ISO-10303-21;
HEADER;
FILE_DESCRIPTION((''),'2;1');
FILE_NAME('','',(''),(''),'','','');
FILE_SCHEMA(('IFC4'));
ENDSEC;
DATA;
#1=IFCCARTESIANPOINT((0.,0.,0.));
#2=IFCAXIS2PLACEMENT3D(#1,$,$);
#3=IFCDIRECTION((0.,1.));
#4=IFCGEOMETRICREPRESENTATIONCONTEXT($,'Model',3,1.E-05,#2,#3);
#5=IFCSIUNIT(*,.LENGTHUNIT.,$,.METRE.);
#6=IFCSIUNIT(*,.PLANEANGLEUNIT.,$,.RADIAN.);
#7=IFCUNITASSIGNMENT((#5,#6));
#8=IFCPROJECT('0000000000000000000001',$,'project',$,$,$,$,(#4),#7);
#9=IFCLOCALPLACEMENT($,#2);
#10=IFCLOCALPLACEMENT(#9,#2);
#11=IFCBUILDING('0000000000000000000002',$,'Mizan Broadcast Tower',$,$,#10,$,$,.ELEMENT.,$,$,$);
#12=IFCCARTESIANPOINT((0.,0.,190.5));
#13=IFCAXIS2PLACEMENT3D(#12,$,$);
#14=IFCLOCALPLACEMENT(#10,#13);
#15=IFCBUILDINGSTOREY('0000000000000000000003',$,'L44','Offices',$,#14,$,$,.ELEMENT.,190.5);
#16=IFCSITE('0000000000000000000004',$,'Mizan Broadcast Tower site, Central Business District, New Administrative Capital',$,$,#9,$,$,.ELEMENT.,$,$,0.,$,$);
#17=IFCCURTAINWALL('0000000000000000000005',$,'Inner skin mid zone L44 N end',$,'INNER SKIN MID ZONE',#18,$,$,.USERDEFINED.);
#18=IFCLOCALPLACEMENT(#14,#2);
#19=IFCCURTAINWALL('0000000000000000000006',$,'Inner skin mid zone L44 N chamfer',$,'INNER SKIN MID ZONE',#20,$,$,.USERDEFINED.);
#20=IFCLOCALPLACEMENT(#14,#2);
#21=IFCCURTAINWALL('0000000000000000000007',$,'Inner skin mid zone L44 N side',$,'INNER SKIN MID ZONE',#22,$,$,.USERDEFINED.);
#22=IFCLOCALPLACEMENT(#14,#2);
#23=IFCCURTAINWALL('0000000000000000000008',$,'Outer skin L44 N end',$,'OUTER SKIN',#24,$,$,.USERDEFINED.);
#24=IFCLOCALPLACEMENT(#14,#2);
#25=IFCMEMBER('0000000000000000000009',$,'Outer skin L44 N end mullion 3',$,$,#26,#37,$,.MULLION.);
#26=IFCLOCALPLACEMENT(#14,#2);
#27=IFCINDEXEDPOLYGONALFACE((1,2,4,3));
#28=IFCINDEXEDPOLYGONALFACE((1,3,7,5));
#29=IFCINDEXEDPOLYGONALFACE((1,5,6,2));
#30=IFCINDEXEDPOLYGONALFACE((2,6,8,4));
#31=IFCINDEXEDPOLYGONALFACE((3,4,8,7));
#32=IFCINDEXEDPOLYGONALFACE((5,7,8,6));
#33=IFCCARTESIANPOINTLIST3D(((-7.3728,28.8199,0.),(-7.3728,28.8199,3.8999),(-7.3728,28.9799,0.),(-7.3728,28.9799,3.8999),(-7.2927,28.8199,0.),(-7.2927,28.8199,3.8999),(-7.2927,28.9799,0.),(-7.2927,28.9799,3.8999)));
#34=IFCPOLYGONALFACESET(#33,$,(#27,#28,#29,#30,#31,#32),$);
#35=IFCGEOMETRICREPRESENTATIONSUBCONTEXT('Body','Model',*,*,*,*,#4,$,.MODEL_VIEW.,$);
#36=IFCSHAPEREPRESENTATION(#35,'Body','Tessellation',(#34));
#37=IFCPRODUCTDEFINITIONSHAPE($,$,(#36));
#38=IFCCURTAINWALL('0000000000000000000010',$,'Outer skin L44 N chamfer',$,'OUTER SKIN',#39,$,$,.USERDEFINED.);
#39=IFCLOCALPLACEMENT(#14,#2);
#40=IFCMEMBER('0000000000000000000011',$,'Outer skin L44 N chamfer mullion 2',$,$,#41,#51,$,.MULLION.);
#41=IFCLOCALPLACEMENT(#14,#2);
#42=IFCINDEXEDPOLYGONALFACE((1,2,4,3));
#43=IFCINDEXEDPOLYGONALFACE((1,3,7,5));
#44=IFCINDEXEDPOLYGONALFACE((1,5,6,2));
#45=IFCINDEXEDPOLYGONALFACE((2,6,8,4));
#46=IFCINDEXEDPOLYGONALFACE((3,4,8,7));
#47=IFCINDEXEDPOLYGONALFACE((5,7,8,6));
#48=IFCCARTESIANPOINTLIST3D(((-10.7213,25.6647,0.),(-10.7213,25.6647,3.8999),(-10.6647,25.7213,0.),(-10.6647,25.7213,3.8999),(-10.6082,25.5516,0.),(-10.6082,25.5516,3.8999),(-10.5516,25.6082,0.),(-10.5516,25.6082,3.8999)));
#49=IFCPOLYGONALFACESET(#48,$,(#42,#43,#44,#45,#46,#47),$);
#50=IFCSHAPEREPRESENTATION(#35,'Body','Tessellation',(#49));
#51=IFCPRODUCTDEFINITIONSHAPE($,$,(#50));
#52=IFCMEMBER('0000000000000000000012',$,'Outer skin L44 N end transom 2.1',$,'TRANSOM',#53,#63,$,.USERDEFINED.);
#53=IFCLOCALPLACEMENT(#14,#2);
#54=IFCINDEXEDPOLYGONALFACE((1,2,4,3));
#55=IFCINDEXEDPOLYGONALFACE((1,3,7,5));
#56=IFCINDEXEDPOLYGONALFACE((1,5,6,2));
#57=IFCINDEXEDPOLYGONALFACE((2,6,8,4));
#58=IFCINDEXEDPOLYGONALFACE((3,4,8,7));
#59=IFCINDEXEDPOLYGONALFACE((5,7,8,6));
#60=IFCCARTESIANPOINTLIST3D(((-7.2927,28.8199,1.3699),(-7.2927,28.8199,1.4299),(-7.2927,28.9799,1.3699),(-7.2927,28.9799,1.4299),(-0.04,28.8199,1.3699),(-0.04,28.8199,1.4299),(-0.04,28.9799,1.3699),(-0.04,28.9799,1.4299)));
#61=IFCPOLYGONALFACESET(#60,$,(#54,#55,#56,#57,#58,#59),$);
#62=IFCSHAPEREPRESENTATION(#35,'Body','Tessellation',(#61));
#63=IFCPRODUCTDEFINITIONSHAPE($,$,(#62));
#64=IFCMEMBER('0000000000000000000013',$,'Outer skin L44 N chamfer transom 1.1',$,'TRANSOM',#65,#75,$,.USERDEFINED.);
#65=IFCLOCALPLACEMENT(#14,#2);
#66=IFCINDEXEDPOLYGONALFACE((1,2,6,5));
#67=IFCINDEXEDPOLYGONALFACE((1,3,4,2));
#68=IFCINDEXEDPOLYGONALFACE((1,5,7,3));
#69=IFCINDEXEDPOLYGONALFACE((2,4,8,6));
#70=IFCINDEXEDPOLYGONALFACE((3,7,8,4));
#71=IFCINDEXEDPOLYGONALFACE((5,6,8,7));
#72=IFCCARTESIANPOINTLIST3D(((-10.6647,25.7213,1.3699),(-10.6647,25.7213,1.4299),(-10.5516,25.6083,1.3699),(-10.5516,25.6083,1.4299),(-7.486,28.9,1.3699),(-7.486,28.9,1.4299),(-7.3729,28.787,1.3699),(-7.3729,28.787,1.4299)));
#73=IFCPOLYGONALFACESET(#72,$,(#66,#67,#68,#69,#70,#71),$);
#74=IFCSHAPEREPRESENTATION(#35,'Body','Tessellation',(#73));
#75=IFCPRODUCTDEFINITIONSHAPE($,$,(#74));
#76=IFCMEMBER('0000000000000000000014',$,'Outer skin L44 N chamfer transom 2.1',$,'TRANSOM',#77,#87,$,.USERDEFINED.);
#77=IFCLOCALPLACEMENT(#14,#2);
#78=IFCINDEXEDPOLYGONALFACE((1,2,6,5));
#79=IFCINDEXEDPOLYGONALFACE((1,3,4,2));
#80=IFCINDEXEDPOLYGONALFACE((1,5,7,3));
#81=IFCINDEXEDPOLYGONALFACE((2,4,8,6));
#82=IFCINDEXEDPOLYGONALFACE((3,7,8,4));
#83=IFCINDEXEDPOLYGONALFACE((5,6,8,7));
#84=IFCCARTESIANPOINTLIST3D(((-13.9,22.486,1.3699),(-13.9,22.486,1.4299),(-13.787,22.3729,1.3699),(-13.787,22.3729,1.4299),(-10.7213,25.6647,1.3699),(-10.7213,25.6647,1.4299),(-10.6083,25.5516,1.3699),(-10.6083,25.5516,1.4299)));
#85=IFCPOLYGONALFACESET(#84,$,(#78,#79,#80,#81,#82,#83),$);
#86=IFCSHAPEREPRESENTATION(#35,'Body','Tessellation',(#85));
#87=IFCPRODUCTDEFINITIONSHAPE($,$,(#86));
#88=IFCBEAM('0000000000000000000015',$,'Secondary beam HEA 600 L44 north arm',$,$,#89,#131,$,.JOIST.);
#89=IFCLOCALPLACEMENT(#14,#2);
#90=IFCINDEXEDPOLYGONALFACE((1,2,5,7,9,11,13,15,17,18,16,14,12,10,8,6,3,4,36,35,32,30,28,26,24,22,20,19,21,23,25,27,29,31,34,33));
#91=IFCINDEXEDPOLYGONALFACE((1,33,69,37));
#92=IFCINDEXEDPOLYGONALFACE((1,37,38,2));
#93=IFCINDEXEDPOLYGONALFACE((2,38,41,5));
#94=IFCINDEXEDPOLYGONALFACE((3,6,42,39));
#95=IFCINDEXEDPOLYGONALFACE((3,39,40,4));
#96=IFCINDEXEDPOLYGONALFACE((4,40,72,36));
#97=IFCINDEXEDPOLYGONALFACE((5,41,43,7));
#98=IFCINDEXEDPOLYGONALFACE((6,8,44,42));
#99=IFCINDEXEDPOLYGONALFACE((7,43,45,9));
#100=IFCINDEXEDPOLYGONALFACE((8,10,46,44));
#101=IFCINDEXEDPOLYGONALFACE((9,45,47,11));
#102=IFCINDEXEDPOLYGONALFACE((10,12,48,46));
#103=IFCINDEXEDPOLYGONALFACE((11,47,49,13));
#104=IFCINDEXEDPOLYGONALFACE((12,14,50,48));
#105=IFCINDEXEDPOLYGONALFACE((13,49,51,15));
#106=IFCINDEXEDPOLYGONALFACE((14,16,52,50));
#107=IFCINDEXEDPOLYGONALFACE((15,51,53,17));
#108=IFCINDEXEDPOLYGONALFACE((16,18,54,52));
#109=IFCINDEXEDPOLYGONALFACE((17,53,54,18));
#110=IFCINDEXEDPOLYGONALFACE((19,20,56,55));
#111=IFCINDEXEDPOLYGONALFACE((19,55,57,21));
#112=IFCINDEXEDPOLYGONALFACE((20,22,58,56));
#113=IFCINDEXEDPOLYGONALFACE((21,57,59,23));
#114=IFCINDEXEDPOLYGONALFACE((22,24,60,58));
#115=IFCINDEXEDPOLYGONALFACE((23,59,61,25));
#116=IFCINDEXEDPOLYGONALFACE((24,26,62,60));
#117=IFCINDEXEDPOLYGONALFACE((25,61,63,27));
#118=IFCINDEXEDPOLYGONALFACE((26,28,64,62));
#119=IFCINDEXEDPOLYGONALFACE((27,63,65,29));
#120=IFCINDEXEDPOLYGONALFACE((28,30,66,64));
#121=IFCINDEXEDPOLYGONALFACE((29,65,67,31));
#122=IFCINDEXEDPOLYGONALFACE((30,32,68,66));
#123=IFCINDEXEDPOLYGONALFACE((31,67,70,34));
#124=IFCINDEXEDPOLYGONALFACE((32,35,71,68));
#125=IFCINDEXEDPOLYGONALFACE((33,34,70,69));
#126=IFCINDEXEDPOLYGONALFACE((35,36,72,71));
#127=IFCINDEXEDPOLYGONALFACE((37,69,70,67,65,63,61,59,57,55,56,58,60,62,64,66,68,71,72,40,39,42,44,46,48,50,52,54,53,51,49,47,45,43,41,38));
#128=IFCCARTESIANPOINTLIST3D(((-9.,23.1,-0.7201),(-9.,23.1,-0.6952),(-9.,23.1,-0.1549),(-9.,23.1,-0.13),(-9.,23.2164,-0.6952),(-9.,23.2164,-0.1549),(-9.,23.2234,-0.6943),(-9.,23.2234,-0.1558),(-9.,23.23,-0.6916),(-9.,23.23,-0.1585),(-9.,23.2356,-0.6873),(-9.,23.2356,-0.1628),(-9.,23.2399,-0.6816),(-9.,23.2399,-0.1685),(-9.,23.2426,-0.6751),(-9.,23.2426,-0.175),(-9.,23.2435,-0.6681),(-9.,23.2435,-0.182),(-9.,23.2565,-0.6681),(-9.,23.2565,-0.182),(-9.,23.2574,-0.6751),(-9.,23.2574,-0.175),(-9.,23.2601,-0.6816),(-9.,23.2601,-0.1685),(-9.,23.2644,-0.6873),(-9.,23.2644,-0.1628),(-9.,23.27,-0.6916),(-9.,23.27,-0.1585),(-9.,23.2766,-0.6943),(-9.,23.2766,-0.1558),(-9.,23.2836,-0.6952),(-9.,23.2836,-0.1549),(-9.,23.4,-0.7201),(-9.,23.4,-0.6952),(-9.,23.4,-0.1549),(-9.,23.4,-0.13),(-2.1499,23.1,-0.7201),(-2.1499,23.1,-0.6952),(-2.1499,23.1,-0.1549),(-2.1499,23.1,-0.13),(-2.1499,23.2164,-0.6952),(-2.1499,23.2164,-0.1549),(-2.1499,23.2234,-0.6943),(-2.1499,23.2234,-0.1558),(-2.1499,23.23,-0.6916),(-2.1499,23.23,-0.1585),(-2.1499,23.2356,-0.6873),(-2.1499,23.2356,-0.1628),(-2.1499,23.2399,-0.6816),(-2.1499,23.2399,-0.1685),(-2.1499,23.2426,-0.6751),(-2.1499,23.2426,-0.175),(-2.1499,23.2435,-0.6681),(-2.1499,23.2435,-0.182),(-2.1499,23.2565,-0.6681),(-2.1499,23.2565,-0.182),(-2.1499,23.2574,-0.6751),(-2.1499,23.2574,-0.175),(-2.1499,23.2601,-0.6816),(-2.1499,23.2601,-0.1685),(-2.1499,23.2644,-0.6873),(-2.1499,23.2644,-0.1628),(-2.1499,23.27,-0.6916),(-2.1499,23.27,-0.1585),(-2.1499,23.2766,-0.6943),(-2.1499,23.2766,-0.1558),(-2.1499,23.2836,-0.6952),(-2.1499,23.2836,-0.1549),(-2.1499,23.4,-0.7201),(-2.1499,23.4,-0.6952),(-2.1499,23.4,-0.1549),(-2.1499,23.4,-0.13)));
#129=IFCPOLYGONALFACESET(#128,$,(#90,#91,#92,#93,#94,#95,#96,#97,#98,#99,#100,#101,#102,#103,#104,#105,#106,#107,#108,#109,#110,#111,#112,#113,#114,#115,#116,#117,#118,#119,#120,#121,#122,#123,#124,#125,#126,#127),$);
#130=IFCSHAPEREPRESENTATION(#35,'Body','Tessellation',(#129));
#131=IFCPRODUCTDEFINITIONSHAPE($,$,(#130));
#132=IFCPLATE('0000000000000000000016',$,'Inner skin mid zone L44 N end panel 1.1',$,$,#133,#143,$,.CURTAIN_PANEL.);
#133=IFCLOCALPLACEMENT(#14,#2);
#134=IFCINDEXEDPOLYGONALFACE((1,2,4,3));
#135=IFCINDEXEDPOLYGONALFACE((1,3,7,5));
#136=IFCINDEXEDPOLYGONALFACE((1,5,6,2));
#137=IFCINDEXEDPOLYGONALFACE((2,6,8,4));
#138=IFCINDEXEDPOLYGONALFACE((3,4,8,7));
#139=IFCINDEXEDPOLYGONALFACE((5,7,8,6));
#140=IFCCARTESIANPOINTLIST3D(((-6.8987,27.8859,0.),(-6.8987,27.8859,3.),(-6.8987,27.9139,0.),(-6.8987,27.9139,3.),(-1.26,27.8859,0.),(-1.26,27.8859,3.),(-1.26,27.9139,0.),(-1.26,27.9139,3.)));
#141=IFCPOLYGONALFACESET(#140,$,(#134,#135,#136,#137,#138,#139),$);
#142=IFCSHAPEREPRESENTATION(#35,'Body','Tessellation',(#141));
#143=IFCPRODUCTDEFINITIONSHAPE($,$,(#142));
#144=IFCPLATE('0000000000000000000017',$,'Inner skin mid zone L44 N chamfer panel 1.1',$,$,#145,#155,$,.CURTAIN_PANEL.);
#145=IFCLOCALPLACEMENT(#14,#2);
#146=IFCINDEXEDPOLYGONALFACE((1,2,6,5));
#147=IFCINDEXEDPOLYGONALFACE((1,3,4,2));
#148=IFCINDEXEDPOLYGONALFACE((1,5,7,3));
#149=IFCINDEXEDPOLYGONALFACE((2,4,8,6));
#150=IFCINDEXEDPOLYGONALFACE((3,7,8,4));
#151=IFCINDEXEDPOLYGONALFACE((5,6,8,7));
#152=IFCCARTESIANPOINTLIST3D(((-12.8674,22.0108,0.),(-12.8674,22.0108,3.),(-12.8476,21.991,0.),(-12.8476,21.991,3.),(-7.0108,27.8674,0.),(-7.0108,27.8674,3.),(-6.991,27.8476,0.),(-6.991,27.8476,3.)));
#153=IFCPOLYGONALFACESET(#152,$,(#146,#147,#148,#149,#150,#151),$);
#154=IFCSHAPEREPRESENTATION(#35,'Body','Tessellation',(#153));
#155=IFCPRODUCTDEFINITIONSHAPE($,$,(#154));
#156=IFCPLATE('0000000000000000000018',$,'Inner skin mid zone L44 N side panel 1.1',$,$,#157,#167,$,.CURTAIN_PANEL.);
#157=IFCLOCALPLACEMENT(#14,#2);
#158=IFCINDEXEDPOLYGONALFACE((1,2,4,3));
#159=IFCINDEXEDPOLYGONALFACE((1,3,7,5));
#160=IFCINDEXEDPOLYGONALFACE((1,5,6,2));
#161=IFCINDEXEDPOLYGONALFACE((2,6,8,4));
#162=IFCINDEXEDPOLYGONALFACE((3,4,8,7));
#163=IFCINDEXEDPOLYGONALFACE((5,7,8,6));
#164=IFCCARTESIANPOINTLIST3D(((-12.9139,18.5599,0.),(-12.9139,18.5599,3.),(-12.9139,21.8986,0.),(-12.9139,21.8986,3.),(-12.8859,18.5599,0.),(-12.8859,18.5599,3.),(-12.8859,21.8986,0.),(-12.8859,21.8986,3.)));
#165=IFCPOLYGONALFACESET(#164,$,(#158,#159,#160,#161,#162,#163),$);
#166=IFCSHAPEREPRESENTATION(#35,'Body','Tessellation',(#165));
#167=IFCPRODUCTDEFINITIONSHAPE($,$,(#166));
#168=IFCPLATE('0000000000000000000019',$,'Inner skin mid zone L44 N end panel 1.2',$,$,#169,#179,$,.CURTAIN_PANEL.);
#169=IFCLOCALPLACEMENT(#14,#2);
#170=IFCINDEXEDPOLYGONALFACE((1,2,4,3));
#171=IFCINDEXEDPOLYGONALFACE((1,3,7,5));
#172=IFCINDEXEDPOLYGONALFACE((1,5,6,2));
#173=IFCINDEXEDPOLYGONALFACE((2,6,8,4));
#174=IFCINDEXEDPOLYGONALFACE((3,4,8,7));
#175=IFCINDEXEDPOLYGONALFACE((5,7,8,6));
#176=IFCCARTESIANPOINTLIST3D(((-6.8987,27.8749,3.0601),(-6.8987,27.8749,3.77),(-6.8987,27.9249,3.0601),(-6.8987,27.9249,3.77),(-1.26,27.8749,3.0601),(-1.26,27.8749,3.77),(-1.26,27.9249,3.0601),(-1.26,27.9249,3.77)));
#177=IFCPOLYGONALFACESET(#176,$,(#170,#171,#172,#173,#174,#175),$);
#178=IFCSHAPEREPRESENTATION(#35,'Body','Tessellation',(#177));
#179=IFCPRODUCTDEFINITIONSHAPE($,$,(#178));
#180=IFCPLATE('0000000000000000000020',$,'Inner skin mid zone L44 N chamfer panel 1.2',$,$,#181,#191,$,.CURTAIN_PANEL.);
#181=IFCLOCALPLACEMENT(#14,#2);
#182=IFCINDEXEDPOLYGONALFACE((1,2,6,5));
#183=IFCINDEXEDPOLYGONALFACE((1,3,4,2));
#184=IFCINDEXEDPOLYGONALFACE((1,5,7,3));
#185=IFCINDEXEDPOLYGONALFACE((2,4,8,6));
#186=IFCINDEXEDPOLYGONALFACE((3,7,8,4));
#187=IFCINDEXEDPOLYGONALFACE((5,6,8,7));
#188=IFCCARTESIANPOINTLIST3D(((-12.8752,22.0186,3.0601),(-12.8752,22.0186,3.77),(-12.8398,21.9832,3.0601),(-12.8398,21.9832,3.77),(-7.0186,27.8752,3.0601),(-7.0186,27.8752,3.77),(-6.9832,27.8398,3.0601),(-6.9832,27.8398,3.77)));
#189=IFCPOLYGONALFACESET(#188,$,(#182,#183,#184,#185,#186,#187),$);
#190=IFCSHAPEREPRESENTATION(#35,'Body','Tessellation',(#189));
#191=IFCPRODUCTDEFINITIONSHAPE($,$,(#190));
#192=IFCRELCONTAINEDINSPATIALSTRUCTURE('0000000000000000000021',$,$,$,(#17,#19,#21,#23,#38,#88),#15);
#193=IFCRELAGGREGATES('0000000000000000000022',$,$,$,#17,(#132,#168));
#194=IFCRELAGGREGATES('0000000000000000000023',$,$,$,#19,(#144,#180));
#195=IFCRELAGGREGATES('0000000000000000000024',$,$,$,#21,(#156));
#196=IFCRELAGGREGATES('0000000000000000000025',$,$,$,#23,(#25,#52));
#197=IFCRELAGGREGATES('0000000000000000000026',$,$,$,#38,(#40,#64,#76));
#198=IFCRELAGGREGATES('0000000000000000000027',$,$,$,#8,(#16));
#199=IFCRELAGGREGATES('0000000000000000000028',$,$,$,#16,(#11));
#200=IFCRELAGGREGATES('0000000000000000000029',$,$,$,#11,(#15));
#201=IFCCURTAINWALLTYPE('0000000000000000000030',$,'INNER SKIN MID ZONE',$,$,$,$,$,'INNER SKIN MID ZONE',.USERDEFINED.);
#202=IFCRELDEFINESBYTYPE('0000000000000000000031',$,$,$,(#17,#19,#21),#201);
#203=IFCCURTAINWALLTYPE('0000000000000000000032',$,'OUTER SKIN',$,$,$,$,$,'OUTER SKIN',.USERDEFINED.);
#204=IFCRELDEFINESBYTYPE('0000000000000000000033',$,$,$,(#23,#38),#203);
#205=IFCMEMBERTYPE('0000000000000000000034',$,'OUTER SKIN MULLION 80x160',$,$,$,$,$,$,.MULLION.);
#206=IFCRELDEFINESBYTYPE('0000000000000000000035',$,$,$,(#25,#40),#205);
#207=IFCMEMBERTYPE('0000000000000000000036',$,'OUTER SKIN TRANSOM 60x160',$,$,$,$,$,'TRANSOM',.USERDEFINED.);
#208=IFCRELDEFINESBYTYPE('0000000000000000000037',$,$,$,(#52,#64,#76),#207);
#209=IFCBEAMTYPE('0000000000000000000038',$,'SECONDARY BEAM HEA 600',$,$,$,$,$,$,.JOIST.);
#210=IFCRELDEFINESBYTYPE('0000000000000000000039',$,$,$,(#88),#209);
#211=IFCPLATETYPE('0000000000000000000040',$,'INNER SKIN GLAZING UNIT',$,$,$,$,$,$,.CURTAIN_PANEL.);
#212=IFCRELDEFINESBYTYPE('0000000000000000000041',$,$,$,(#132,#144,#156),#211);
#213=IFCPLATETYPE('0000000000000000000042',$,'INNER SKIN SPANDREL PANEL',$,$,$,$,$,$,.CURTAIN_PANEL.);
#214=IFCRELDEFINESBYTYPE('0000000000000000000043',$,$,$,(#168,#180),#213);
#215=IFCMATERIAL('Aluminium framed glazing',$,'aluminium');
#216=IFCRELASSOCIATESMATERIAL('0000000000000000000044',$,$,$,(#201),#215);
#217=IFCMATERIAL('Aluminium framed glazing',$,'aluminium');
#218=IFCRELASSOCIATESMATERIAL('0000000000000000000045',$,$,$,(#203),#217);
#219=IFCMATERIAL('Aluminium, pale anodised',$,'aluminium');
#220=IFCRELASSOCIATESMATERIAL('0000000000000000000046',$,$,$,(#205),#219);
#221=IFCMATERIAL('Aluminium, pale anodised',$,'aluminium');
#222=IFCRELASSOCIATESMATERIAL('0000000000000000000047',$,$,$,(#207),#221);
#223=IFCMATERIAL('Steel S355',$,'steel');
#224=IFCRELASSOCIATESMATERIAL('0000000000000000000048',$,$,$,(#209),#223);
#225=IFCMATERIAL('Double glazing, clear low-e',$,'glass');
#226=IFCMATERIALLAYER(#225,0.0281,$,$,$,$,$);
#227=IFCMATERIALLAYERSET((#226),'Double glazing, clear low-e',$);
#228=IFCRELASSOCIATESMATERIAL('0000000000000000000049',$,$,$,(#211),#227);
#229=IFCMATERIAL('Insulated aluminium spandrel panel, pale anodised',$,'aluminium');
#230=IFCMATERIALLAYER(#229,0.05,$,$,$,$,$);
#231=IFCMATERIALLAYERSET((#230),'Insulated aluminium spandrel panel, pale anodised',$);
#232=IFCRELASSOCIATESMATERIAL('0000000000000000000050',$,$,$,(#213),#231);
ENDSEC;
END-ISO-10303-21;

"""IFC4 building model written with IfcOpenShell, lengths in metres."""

from ifc_helpers import new_model, si_unit, direction, frame, origin, origin_2d, place, context, subcontext, project, spatial, rectangle, i_section, extrude, material, layer, layer_set, material_profile, profile_set, type_object, element, aggregate, save


model = new_model("IFC4")

# Units and contexts
model_context = context("Model", 3, precision=1e-05, world=origin(), true_north=direction((0.0, 1.0)))
body_context = subcontext(model_context, "Body", "Model", "MODEL_VIEW")
ifc_project = project(units=[si_unit("LENGTHUNIT", "METRE"), si_unit("PLANEANGLEUNIT", "RADIAN")], contexts=[model_context])

# Site, building, storey
site_placement = place(None, origin())
site = spatial("IfcSite", under=ifc_project, at=site_placement, Name="Mizan Broadcast Tower site, Central Business District, New Administrative Capital", CompositionType="ELEMENT", RefElevation=0.0)
building_placement = place(site_placement, origin())
building = spatial("IfcBuilding", under=site, at=building_placement, Name="Mizan Broadcast Tower", CompositionType="ELEMENT")
storey_placement = place(building_placement, frame((0.0, 0.0, 190.5)))
storey = spatial("IfcBuildingStorey", under=building, at=storey_placement, Name="L44", Description="Offices", CompositionType="ELEMENT", Elevation=190.5)

# Curtain wall
ifc_material_1 = material(Name="Aluminium framed glazing", Category="aluminium")
curtain_wall_type_1 = type_object("IfcCurtainWallType", Name="INNER SKIN MID ZONE", ElementType="INNER SKIN MID ZONE", PredefinedType="USERDEFINED", material=ifc_material_1)
curtain_wall_1_placement = place(storey_placement, origin())
curtain_wall_1 = element("IfcCurtainWall", 1, at=curtain_wall_1_placement, inside=storey, type_object=curtain_wall_type_1, Name="Inner skin mid zone L44 N end", ObjectType="INNER SKIN MID ZONE", PredefinedType="USERDEFINED")

# Curtain wall
curtain_wall_2_placement = place(storey_placement, origin())
curtain_wall_2 = element("IfcCurtainWall", 2, at=curtain_wall_2_placement, inside=storey, type_object=curtain_wall_type_1, Name="Inner skin mid zone L44 N chamfer", ObjectType="INNER SKIN MID ZONE", PredefinedType="USERDEFINED")

# Curtain walls, members
curtain_wall_3_placement = place(storey_placement, origin())
curtain_wall_3 = element("IfcCurtainWall", 3, at=curtain_wall_3_placement, inside=storey, type_object=curtain_wall_type_1, Name="Inner skin mid zone L44 N side", ObjectType="INNER SKIN MID ZONE", PredefinedType="USERDEFINED")
ifc_material_2 = material(Name="Aluminium framed glazing", Category="aluminium")
curtain_wall_type_2 = type_object("IfcCurtainWallType", Name="OUTER SKIN", ElementType="OUTER SKIN", PredefinedType="USERDEFINED", material=ifc_material_2)
curtain_wall_4_placement = place(storey_placement, origin())
curtain_wall_4 = element("IfcCurtainWall", 4, at=curtain_wall_4_placement, inside=storey, type_object=curtain_wall_type_2, Name="Outer skin L44 N end", ObjectType="OUTER SKIN", PredefinedType="USERDEFINED")
ifc_material_3 = material(Name="Aluminium, pale anodised", Category="aluminium")
ifc_material_profile_1 = material_profile(ifc_material_3, rectangle(XDim=0.1599, YDim=0.0801, at=origin_2d()), Name="MULLION 160x80")
ifc_profile_set_1 = profile_set([ifc_material_profile_1], Name="Aluminium, pale anodised")
member_type_1 = type_object("IfcMemberType", Name="OUTER SKIN MULLION 80x160", PredefinedType="MULLION", material=ifc_profile_set_1)
member_1_placement = place(storey_placement, frame((-7.3328, 28.8999, 0.0), z_axis=(0.0, 0.0, 1.0), x_axis=(0.0, -1.0, 0.0)))
member_1 = element("IfcMember", 5, at=member_1_placement, type_object=member_type_1, Name="Outer skin L44 N end mullion 3", PredefinedType="MULLION", context=body_context, shape_type="SweptSolid", body=[
    extrude(rectangle(XDim=0.1599, YDim=0.0801, at=origin_2d()), origin(), (0.0, 0.0, 1.0), 3.8999),
])
curtain_wall_5_placement = place(storey_placement, origin())
curtain_wall_5 = element("IfcCurtainWall", 6, at=curtain_wall_5_placement, inside=storey, type_object=curtain_wall_type_2, Name="Outer skin L44 N chamfer", ObjectType="OUTER SKIN", PredefinedType="USERDEFINED")
member_2_placement = place(storey_placement, frame((-10.6365, 25.6365, 0.0), z_axis=(0.0, 0.0, 1.0), x_axis=(0.707107, -0.707107, 0.0)))
member_2 = element("IfcMember", 7, at=member_2_placement, type_object=member_type_1, Name="Outer skin L44 N chamfer mullion 2", PredefinedType="MULLION", context=body_context, shape_type="SweptSolid", body=[
    extrude(rectangle(XDim=0.1599, YDim=0.0801, at=origin_2d()), origin(), (0.0, 0.0, 1.0), 3.8999),
])

# Members
ifc_material_4 = material(Name="Aluminium, pale anodised", Category="aluminium")
ifc_material_profile_2 = material_profile(ifc_material_4, rectangle(XDim=0.1599, YDim=0.0601, at=origin_2d()), Name="TRANSOM 160x60")
ifc_profile_set_2 = profile_set([ifc_material_profile_2], Name="Aluminium, pale anodised")
member_type_2 = type_object("IfcMemberType", Name="OUTER SKIN TRANSOM 60x160", ElementType="TRANSOM", PredefinedType="USERDEFINED", material=ifc_profile_set_2)
member_3_placement = place(storey_placement, frame((-0.04, 28.8999, 1.3999), z_axis=(-1.0, 0.0, 0.0), x_axis=(0.0, -1.0, 0.0)))
member_3 = element("IfcMember", 8, at=member_3_placement, type_object=member_type_2, Name="Outer skin L44 N end transom 2.1", ObjectType="TRANSOM", PredefinedType="USERDEFINED", context=body_context, shape_type="SweptSolid", body=[
    extrude(rectangle(XDim=0.1599, YDim=0.0601, at=origin_2d()), origin(), (0.0, 0.0, 1.0), 7.2527),
])
member_4_placement = place(storey_placement, frame((-7.4294, 28.8435, 1.3999), z_axis=(-0.707107, -0.707107, 0.0), x_axis=(0.707107, -0.707107, 0.0)))
member_4 = element("IfcMember", 9, at=member_4_placement, type_object=member_type_2, Name="Outer skin L44 N chamfer transom 1.1", ObjectType="TRANSOM", PredefinedType="USERDEFINED", context=body_context, shape_type="SweptSolid", body=[
    extrude(rectangle(XDim=0.1599, YDim=0.0601, at=origin_2d()), origin(), (0.0, 0.0, 1.0), 4.4954),
])
member_5_placement = place(storey_placement, frame((-10.6648, 25.6082, 1.3999), z_axis=(-0.707107, -0.707107, 0.0), x_axis=(0.707107, -0.707107, 0.0)))
member_5 = element("IfcMember", 10, at=member_5_placement, type_object=member_type_2, Name="Outer skin L44 N chamfer transom 2.1", ObjectType="TRANSOM", PredefinedType="USERDEFINED", context=body_context, shape_type="SweptSolid", body=[
    extrude(rectangle(XDim=0.1599, YDim=0.0601, at=origin_2d()), origin(), (0.0, 0.0, 1.0), 4.4954),
])

# Beam
ifc_material_5 = material(Name="Steel S355", Category="steel")
ifc_material_profile_3 = material_profile(ifc_material_5, i_section(OverallWidth=0.3, OverallDepth=0.5901, WebThickness=0.0129, FlangeThickness=0.0249, FilletRadius=0.0271, at=origin_2d()), Name="HEA 600")
ifc_profile_set_3 = profile_set([ifc_material_profile_3], Name="Steel S355")
beam_type_1 = type_object("IfcBeamType", Name="SECONDARY BEAM HEA 600", PredefinedType="JOIST", material=ifc_profile_set_3)
beam_1_placement = place(storey_placement, frame((-9.0, 23.25, -0.425), z_axis=(1.0, 0.0, 0.0), x_axis=(0.0, 1.0, 0.0)))
element("IfcBeam", 11, at=beam_1_placement, inside=storey, type_object=beam_type_1, Name="Secondary beam HEA 600 L44 north arm", PredefinedType="JOIST", context=body_context, shape_type="SweptSolid", body=[
    extrude(i_section(OverallWidth=0.3, OverallDepth=0.5901, WebThickness=0.0129, FlangeThickness=0.0249, FilletRadius=0.0271, at=origin_2d()), origin(), (0.0, 0.0, 1.0), 6.8501),
])

# Plates
ifc_material_6 = material(Name="Double glazing, clear low-e", Category="glass")
ifc_layer_1 = layer(ifc_material_6, 0.0281)
ifc_layer_set_1 = layer_set([ifc_layer_1], Name="Double glazing, clear low-e")
plate_type_1 = type_object("IfcPlateType", Name="INNER SKIN GLAZING UNIT", PredefinedType="CURTAIN_PANEL", material=ifc_layer_set_1)
plate_1_placement = place(storey_placement, frame((-4.0793, 27.8999, 0.0), z_axis=(0.0, 0.0, 1.0), x_axis=(-1.0, 0.0, 0.0)))
plate_1 = element("IfcPlate", 12, at=plate_1_placement, type_object=plate_type_1, Name="Inner skin mid zone L44 N end panel 1.1", PredefinedType="CURTAIN_PANEL", context=body_context, shape_type="SweptSolid", body=[
    extrude(rectangle(XDim=5.6387, YDim=0.0281, at=origin_2d()), origin(), (0.0, 0.0, 1.0), 3.0),
])
plate_2_placement = place(storey_placement, frame((-9.9292, 24.9292, 0.0), z_axis=(0.0, 0.0, 1.0), x_axis=(-0.707107, -0.707107, 0.0)))
plate_2 = element("IfcPlate", 13, at=plate_2_placement, type_object=plate_type_1, Name="Inner skin mid zone L44 N chamfer panel 1.1", PredefinedType="CURTAIN_PANEL", context=body_context, shape_type="SweptSolid", body=[
    extrude(rectangle(XDim=8.2825, YDim=0.0281, at=origin_2d()), origin(), (0.0, 0.0, 1.0), 3.0),
])
plate_3_placement = place(storey_placement, frame((-12.8999, 20.2292, 0.0), z_axis=(0.0, 0.0, 1.0), x_axis=(0.0, -1.0, 0.0)))
plate_3 = element("IfcPlate", 14, at=plate_3_placement, type_object=plate_type_1, Name="Inner skin mid zone L44 N side panel 1.1", PredefinedType="CURTAIN_PANEL", context=body_context, shape_type="SweptSolid", body=[
    extrude(rectangle(XDim=3.3386, YDim=0.0281, at=origin_2d()), origin(), (0.0, 0.0, 1.0), 3.0),
])
ifc_material_7 = material(Name="Insulated aluminium spandrel panel, pale anodised", Category="aluminium")
ifc_layer_2 = layer(ifc_material_7, 0.05)
ifc_layer_set_2 = layer_set([ifc_layer_2], Name="Insulated aluminium spandrel panel, pale anodised")
plate_type_2 = type_object("IfcPlateType", Name="INNER SKIN SPANDREL PANEL", PredefinedType="CURTAIN_PANEL", material=ifc_layer_set_2)
plate_4_placement = place(storey_placement, frame((-4.0793, 27.8999, 3.0601), z_axis=(0.0, 0.0, 1.0), x_axis=(-1.0, 0.0, 0.0)))
plate_4 = element("IfcPlate", 15, at=plate_4_placement, type_object=plate_type_2, Name="Inner skin mid zone L44 N end panel 1.2", PredefinedType="CURTAIN_PANEL", context=body_context, shape_type="SweptSolid", body=[
    extrude(rectangle(XDim=5.6387, YDim=0.05, at=origin_2d()), origin(), (0.0, 0.0, 1.0), 0.71),
])
aggregate(curtain_wall_1, [plate_1, plate_4])
plate_5_placement = place(storey_placement, frame((-9.9292, 24.9292, 3.0601), z_axis=(0.0, 0.0, 1.0), x_axis=(-0.707107, -0.707107, 0.0)))
plate_5 = element("IfcPlate", 16, at=plate_5_placement, type_object=plate_type_2, Name="Inner skin mid zone L44 N chamfer panel 1.2", PredefinedType="CURTAIN_PANEL", context=body_context, shape_type="SweptSolid", body=[
    extrude(rectangle(XDim=8.2825, YDim=0.05, at=origin_2d()), origin(), (0.0, 0.0, 1.0), 0.71),
])
aggregate(curtain_wall_2, [plate_2, plate_5])
aggregate(curtain_wall_3, [plate_3])
aggregate(curtain_wall_4, [member_1, member_3])
aggregate(curtain_wall_5, [member_2, member_4, member_5])

save(model, "model.ifc")
